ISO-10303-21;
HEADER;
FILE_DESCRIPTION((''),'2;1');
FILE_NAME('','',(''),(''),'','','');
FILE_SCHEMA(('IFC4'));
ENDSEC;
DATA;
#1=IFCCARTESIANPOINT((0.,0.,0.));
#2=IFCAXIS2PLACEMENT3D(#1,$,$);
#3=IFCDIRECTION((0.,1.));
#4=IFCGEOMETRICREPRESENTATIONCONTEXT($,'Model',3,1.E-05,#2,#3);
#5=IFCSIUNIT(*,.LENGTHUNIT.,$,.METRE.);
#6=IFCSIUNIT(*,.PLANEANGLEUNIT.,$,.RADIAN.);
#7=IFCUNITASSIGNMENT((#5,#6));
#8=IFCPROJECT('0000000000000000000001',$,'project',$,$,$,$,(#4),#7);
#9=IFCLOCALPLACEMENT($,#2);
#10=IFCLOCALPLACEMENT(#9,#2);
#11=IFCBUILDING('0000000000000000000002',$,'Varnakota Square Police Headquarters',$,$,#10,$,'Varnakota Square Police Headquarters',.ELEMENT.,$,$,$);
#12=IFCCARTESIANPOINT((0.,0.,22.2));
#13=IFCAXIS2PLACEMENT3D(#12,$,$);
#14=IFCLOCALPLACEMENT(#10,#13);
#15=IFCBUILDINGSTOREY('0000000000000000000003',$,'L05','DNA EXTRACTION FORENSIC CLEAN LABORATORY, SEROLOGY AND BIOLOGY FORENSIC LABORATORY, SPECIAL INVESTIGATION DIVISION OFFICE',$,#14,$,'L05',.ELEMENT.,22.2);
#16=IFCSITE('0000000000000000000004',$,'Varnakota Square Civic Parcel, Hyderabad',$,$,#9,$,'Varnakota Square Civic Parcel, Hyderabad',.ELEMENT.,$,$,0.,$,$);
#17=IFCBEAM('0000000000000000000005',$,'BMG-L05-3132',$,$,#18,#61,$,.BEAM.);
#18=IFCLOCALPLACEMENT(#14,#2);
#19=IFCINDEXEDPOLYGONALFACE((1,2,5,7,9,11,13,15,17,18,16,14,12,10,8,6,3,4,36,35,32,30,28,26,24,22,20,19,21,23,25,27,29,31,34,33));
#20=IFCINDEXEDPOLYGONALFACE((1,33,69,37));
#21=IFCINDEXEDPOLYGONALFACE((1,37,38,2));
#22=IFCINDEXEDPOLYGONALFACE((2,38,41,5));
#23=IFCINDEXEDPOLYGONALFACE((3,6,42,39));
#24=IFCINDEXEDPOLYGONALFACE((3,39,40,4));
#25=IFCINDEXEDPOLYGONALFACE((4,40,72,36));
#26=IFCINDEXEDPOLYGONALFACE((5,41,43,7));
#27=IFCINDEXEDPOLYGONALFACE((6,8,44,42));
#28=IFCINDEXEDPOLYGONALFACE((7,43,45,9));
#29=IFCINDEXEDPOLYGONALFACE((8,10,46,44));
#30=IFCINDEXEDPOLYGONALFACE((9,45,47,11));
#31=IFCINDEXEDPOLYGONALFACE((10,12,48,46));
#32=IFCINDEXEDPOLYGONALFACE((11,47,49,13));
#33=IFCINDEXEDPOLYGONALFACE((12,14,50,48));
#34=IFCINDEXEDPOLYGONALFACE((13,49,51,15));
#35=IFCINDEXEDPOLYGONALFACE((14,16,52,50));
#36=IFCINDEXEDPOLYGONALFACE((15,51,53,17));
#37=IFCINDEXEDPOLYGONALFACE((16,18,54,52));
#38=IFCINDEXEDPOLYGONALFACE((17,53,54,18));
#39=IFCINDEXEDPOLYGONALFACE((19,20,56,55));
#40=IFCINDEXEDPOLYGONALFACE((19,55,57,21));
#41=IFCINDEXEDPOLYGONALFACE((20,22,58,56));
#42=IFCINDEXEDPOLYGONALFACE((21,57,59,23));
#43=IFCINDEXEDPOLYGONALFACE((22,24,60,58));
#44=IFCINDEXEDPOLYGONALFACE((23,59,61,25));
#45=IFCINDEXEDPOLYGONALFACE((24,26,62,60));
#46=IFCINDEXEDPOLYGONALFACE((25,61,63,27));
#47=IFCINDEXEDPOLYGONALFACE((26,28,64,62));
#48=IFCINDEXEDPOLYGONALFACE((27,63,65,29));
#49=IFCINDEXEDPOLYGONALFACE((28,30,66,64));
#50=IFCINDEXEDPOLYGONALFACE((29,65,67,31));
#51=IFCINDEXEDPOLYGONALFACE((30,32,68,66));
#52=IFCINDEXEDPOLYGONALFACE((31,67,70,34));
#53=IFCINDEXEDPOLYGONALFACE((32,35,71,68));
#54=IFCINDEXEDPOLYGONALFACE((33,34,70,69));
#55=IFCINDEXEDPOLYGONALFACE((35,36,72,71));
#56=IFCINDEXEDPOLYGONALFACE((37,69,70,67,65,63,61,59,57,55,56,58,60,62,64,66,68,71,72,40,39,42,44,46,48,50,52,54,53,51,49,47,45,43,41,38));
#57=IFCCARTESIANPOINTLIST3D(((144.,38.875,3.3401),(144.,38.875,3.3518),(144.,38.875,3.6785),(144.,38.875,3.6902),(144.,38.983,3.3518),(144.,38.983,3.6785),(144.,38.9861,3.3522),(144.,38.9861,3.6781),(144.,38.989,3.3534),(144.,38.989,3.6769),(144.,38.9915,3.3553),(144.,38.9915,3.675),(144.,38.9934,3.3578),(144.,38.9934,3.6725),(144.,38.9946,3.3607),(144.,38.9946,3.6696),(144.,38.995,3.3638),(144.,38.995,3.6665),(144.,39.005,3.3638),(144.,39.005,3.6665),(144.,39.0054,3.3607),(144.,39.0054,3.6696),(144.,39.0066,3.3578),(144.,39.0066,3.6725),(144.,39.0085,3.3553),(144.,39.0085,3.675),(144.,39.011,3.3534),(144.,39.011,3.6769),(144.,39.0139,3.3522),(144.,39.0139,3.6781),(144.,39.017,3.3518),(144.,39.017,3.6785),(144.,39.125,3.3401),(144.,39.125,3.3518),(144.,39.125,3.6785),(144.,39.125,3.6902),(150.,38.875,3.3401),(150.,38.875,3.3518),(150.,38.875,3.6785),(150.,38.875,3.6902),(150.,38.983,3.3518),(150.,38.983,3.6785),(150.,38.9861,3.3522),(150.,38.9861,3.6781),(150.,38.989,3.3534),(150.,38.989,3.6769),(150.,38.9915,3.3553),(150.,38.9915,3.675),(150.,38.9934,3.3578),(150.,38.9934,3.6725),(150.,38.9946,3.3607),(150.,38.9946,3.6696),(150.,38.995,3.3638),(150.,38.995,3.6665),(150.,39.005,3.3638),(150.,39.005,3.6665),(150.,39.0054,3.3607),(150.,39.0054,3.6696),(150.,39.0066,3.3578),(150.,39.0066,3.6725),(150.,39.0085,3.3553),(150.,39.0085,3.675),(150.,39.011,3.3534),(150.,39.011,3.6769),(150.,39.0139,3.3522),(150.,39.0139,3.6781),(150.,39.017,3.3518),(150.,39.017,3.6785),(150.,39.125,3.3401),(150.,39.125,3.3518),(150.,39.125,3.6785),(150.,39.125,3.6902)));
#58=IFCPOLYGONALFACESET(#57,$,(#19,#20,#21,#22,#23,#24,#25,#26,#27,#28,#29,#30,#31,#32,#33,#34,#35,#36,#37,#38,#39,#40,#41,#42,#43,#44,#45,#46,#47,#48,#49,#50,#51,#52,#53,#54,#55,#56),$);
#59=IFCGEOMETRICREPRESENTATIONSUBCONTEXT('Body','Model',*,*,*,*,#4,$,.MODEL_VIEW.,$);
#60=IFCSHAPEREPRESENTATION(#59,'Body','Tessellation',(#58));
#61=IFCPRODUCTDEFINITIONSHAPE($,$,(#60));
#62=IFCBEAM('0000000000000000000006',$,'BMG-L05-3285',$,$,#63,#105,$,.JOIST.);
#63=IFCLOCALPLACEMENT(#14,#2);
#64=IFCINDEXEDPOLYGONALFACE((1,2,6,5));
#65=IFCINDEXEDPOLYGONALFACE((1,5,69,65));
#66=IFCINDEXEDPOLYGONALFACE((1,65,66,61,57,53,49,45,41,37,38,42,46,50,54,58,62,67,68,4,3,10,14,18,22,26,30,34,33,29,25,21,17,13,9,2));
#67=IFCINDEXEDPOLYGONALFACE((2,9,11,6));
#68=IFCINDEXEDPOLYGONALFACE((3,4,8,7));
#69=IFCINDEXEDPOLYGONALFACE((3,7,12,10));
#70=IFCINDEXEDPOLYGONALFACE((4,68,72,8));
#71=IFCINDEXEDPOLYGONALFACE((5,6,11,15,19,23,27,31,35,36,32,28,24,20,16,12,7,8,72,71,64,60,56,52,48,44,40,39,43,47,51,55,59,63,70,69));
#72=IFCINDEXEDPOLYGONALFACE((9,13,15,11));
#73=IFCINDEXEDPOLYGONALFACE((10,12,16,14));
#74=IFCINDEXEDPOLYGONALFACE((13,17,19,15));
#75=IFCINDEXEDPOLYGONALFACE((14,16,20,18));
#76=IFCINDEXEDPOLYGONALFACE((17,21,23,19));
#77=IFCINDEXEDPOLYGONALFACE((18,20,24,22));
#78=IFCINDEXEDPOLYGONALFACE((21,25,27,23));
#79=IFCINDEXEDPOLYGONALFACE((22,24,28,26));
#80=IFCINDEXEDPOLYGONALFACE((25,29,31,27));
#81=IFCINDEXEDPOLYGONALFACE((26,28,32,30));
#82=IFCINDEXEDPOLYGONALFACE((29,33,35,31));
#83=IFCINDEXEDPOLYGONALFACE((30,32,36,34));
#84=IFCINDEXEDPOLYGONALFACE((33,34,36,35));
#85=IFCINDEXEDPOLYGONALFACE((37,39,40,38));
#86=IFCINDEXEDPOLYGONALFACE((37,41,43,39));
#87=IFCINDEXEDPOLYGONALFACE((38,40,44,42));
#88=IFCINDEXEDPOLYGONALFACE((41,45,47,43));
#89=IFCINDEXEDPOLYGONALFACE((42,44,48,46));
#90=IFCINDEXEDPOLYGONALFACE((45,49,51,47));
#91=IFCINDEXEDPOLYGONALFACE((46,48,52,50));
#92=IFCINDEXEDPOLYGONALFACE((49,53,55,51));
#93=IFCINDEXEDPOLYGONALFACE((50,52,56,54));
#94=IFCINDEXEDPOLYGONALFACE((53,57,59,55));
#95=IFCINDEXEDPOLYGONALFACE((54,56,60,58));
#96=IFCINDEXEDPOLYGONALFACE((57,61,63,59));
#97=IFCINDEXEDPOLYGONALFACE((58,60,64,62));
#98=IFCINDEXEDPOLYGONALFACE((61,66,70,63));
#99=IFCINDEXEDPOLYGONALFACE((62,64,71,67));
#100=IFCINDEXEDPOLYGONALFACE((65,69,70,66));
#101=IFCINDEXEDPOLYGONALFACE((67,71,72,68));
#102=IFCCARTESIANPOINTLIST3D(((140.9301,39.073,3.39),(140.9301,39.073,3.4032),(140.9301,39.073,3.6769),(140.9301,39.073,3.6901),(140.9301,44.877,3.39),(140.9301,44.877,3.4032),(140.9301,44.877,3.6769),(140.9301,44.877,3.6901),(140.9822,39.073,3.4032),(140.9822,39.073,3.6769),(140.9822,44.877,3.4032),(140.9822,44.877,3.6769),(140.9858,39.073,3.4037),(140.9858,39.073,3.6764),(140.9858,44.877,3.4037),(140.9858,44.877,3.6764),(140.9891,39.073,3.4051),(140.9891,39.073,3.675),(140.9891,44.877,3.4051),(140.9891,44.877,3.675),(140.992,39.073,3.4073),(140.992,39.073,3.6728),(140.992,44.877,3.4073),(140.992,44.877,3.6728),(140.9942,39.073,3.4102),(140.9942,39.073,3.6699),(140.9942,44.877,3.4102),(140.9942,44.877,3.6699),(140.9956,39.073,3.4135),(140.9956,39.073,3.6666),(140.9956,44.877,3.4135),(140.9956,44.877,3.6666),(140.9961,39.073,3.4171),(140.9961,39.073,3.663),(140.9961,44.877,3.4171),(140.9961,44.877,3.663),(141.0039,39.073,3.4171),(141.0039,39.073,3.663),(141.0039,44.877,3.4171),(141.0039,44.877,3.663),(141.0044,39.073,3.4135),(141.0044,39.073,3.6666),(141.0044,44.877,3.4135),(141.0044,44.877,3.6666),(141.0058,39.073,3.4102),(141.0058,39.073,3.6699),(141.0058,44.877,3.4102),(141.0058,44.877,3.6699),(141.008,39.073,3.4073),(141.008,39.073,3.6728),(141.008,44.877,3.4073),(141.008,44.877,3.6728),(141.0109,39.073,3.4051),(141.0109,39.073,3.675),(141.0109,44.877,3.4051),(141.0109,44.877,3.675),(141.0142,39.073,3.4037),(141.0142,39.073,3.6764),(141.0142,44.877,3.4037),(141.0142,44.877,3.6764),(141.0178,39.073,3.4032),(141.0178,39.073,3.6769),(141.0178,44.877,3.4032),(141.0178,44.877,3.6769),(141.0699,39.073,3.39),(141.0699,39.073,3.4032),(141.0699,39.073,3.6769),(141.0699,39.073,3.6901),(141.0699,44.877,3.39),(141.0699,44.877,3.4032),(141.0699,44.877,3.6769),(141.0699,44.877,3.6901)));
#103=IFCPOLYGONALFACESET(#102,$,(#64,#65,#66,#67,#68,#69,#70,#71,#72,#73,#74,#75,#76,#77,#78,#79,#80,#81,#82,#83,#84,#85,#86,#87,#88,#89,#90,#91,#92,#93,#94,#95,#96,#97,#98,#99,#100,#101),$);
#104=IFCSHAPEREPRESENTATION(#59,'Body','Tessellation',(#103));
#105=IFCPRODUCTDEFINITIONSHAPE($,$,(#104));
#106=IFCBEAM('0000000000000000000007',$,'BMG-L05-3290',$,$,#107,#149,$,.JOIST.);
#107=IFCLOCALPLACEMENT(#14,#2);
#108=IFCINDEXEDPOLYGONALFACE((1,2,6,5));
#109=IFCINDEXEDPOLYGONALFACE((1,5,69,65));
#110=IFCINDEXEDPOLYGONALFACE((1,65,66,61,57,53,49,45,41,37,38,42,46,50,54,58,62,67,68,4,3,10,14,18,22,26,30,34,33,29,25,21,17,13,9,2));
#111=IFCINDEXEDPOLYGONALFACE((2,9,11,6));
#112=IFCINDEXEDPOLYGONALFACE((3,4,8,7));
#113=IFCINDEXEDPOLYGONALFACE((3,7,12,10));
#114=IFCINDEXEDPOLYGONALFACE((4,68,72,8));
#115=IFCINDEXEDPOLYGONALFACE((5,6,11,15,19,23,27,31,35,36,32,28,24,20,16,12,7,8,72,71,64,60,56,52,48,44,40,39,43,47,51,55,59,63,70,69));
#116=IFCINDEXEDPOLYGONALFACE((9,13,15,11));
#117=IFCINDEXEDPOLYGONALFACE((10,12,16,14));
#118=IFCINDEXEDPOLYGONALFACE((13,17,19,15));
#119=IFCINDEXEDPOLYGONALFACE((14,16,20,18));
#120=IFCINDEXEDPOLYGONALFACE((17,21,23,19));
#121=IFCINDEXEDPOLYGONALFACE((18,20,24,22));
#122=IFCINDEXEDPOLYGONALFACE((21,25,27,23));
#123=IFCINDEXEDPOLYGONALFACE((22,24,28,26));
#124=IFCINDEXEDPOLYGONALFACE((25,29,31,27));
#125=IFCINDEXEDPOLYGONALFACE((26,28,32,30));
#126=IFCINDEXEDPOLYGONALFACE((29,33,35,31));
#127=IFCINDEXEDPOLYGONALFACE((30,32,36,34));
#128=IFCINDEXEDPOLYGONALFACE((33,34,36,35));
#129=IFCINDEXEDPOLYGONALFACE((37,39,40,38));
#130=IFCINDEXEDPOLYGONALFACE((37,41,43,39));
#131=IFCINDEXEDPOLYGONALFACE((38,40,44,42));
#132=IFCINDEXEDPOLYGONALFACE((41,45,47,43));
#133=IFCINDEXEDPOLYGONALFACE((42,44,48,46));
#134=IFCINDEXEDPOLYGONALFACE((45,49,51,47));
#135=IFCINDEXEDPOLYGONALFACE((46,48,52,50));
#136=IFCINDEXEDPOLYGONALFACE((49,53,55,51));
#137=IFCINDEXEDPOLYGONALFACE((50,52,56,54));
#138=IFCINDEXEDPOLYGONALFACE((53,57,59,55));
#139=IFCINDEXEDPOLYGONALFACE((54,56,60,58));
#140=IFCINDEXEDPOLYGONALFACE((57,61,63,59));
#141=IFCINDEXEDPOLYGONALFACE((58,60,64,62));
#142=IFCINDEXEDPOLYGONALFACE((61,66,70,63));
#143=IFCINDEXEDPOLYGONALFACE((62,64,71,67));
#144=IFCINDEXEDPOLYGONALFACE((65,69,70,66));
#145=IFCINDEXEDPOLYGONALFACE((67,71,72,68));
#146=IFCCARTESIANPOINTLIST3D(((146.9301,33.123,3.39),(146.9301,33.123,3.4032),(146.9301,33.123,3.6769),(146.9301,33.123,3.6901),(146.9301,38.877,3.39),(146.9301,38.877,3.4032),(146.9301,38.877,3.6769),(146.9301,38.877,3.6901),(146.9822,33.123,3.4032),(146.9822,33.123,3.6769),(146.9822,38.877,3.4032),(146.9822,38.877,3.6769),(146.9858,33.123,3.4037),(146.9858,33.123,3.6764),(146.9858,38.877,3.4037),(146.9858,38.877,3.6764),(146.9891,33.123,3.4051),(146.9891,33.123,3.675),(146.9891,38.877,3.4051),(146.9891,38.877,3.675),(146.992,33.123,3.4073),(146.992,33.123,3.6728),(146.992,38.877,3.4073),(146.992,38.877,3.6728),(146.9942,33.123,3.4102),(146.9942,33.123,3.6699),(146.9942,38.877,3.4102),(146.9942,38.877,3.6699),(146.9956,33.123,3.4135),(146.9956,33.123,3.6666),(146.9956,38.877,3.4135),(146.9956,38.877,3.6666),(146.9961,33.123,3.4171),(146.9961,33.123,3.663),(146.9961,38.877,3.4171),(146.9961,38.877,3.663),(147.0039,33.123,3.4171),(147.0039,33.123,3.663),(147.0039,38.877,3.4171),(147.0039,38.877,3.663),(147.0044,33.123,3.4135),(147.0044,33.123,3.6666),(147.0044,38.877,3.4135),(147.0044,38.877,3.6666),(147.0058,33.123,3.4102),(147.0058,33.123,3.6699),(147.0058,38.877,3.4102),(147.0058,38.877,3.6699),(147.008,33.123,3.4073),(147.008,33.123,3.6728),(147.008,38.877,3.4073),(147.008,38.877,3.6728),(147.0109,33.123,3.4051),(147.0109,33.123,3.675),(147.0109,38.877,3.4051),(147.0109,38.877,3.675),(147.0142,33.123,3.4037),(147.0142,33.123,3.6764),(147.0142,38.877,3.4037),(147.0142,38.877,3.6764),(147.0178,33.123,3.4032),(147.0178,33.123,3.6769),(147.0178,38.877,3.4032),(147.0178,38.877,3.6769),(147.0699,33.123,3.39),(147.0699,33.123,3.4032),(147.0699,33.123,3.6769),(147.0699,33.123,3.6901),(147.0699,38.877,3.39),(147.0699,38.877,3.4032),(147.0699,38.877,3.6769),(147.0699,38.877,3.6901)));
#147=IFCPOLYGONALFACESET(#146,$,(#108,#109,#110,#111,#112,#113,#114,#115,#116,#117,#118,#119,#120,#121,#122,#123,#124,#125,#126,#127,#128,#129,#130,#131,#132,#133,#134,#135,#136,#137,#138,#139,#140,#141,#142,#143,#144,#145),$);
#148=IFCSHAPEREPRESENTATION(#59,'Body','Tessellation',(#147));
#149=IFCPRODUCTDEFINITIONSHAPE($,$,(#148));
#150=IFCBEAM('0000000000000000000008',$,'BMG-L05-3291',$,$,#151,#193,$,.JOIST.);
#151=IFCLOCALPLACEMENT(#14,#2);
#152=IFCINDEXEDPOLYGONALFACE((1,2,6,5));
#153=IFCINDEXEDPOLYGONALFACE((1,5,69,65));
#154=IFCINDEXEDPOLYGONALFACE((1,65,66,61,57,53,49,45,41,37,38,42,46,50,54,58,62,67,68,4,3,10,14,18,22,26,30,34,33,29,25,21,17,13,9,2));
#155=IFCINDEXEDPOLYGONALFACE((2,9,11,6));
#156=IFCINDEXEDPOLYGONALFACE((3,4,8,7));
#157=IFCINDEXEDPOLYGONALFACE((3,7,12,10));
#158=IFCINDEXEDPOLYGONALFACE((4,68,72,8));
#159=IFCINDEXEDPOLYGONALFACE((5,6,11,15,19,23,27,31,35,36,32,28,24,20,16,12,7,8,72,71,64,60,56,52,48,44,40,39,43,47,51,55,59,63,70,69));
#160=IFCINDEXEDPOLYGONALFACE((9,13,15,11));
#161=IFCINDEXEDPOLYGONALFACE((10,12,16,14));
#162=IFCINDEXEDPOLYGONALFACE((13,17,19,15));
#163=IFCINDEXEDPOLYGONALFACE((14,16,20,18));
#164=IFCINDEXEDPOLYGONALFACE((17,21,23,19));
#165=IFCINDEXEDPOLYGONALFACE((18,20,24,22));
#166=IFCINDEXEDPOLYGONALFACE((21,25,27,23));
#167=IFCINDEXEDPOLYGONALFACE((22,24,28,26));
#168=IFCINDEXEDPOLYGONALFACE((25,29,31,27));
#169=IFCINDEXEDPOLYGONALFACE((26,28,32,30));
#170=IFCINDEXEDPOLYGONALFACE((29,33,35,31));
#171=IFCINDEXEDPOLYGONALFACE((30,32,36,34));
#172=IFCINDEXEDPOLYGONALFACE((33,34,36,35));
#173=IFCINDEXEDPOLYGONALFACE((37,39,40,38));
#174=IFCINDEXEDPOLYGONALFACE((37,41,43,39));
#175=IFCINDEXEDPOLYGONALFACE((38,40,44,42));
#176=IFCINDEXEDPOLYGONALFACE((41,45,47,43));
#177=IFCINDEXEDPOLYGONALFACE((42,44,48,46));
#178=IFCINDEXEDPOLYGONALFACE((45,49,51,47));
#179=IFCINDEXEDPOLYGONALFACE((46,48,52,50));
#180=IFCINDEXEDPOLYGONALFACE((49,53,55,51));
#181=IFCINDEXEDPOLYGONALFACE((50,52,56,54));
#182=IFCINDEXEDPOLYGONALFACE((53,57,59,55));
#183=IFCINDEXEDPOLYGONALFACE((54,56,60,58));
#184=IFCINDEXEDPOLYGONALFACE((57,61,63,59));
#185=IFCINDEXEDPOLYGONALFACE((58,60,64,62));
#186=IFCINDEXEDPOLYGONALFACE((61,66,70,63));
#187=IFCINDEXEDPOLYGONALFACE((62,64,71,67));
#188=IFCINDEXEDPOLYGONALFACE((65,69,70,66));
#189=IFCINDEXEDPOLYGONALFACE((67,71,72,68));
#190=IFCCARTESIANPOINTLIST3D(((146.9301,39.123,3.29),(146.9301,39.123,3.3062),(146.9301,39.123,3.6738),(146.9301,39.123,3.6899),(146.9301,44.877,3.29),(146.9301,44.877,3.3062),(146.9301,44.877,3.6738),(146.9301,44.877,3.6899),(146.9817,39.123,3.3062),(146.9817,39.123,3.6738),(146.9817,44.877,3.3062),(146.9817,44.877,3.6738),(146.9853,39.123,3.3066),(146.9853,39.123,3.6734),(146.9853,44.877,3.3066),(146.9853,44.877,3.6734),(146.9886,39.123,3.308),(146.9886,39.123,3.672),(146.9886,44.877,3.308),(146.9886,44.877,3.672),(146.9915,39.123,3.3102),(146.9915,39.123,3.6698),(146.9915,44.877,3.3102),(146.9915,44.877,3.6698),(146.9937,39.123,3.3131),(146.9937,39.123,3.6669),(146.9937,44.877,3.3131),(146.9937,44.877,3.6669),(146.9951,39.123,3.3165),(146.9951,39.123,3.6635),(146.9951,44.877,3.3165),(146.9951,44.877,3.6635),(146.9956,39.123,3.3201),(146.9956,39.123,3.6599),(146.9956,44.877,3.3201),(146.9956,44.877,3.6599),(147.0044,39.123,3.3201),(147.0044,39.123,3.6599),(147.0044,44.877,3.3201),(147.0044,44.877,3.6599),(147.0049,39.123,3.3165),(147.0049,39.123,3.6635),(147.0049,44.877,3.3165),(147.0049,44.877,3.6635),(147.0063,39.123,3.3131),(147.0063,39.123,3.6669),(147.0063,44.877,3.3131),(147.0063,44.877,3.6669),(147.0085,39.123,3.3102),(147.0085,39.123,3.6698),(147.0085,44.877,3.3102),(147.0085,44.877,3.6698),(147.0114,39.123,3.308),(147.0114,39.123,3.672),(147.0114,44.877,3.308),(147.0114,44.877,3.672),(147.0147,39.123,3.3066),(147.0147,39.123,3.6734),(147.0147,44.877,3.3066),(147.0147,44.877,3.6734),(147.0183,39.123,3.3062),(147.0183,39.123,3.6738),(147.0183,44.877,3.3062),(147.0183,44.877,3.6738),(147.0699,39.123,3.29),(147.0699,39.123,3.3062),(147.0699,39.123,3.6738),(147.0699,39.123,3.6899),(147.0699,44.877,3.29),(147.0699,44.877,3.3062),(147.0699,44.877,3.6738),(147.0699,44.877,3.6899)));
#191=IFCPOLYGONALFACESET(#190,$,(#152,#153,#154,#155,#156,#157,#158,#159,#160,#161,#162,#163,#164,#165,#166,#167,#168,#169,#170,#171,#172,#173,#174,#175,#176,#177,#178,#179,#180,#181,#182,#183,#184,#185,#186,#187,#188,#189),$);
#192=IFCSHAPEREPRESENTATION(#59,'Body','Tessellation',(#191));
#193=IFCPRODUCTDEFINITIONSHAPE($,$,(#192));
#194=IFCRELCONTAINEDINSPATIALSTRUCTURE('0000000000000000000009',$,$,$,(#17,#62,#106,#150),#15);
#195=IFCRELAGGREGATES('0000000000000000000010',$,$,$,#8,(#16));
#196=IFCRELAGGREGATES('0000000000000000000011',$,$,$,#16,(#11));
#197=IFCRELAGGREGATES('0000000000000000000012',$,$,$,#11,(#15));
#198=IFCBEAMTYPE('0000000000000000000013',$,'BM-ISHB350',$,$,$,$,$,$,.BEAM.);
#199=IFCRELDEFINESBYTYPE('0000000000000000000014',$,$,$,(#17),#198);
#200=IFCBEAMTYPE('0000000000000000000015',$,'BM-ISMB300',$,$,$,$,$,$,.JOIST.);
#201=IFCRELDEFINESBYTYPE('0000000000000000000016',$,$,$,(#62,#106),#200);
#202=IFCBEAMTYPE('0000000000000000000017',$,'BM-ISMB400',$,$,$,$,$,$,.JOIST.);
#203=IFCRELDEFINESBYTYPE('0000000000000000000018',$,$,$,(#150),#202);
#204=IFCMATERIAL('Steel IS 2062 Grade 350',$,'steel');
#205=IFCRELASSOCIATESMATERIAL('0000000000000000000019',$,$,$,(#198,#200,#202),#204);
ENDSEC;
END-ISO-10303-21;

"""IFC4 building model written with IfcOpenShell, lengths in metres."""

from ifc_helpers import new_model, si_unit, direction, frame, origin, origin_2d, place, context, subcontext, project, spatial, i_section, extrude, material, material_profile, profile_set, type_object, element, save


model = new_model("IFC4")

# Units and contexts
model_context = context("Model", 3, precision=1e-05, world=origin(), true_north=direction((0.0, 1.0)))
body_context = subcontext(model_context, "Body", "Model", "MODEL_VIEW")
ifc_project = project(units=[si_unit("LENGTHUNIT", "METRE"), si_unit("PLANEANGLEUNIT", "RADIAN")], contexts=[model_context])

# Site, building, storey
site_placement = place(None, origin())
site = spatial("IfcSite", under=ifc_project, at=site_placement, Name="Varnakota Square Civic Parcel, Hyderabad", LongName="Varnakota Square Civic Parcel, Hyderabad", CompositionType="ELEMENT", RefElevation=0.0)
building_placement = place(site_placement, origin())
building = spatial("IfcBuilding", under=site, at=building_placement, Name="Varnakota Square Police Headquarters", LongName="Varnakota Square Police Headquarters", CompositionType="ELEMENT")
storey_placement = place(building_placement, frame((0.0, 0.0, 22.2)))
storey = spatial("IfcBuildingStorey", under=building, at=storey_placement, Name="L05", Description="DNA EXTRACTION FORENSIC CLEAN LABORATORY, SEROLOGY AND BIOLOGY FORENSIC LABORATORY, SPECIAL INVESTIGATION DIVISION OFFICE", LongName="L05", CompositionType="ELEMENT", Elevation=22.2)

# Shared definitions
ifc_material_1 = material(Name="Steel IS 2062 Grade 350", Category="steel")

# Beams
ifc_material_profile_1 = material_profile(ifc_material_1, i_section(OverallWidth=0.25, OverallDepth=0.3501, WebThickness=0.01, FlangeThickness=0.0117, FilletRadius=0.012, at=origin_2d()), Name="ISHB 350")
ifc_profile_set_1 = profile_set([ifc_material_profile_1], Name="Steel IS 2062 Grade 350")
beam_type_1 = type_object("IfcBeamType", Name="BM-ISHB350", PredefinedType="BEAM", material=ifc_profile_set_1)
beam_1_placement = place(storey_placement, frame((144.0, 39.0, 3.5151), z_axis=(1.0, 0.0, 0.0), x_axis=(0.0, 1.0, 0.0)))
element("IfcBeam", 1, at=beam_1_placement, inside=storey, type_object=beam_type_1, Name="BMG-L05-3132", PredefinedType="BEAM", context=body_context, shape_type="SweptSolid", body=[
    extrude(i_section(OverallWidth=0.25, OverallDepth=0.3501, WebThickness=0.01, FlangeThickness=0.0117, FilletRadius=0.012, at=origin_2d()), origin(), (0.0, 0.0, 1.0), 6.0),
])
ifc_material_profile_2 = material_profile(ifc_material_1, i_section(OverallWidth=0.1399, OverallDepth=0.3, WebThickness=0.0078, FlangeThickness=0.0132, FilletRadius=0.0139, at=origin_2d()), Name="ISMB 300")
ifc_profile_set_2 = profile_set([ifc_material_profile_2], Name="Steel IS 2062 Grade 350")
beam_type_2 = type_object("IfcBeamType", Name="BM-ISMB300", PredefinedType="JOIST", material=ifc_profile_set_2)
beam_2_placement = place(storey_placement, frame((141.0, 39.073, 3.54), z_axis=(0.0, 1.0, 0.0), x_axis=(-1.0, 0.0, 0.0)))
element("IfcBeam", 2, at=beam_2_placement, inside=storey, type_object=beam_type_2, Name="BMG-L05-3285", PredefinedType="JOIST", context=body_context, shape_type="SweptSolid", body=[
    extrude(i_section(OverallWidth=0.1399, OverallDepth=0.3, WebThickness=0.0078, FlangeThickness=0.0132, FilletRadius=0.0139, at=origin_2d()), origin(), (0.0, 0.0, 1.0), 5.804),
])
beam_3_placement = place(storey_placement, frame((147.0, 33.123, 3.54), z_axis=(0.0, 1.0, 0.0), x_axis=(-1.0, 0.0, 0.0)))
element("IfcBeam", 3, at=beam_3_placement, inside=storey, type_object=beam_type_2, Name="BMG-L05-3290", PredefinedType="JOIST", context=body_context, shape_type="SweptSolid", body=[
    extrude(i_section(OverallWidth=0.1399, OverallDepth=0.3, WebThickness=0.0078, FlangeThickness=0.0132, FilletRadius=0.0139, at=origin_2d()), origin(), (0.0, 0.0, 1.0), 5.7539),
])
ifc_material_profile_3 = material_profile(ifc_material_1, i_section(OverallWidth=0.1399, OverallDepth=0.3999, WebThickness=0.0088, FlangeThickness=0.0161, FilletRadius=0.0139, at=origin_2d()), Name="ISMB 400")
ifc_profile_set_3 = profile_set([ifc_material_profile_3], Name="Steel IS 2062 Grade 350")
beam_type_3 = type_object("IfcBeamType", Name="BM-ISMB400", PredefinedType="JOIST", material=ifc_profile_set_3)
beam_4_placement = place(storey_placement, frame((147.0, 39.123, 3.49), z_axis=(0.0, 1.0, 0.0), x_axis=(-1.0, 0.0, 0.0)))
element("IfcBeam", 4, at=beam_4_placement, inside=storey, type_object=beam_type_3, Name="BMG-L05-3291", PredefinedType="JOIST", context=body_context, shape_type="SweptSolid", body=[
    extrude(i_section(OverallWidth=0.1399, OverallDepth=0.3999, WebThickness=0.0088, FlangeThickness=0.0161, FilletRadius=0.0139, at=origin_2d()), origin(), (0.0, 0.0, 1.0), 5.7539),
])

save(model, "model.ifc")
